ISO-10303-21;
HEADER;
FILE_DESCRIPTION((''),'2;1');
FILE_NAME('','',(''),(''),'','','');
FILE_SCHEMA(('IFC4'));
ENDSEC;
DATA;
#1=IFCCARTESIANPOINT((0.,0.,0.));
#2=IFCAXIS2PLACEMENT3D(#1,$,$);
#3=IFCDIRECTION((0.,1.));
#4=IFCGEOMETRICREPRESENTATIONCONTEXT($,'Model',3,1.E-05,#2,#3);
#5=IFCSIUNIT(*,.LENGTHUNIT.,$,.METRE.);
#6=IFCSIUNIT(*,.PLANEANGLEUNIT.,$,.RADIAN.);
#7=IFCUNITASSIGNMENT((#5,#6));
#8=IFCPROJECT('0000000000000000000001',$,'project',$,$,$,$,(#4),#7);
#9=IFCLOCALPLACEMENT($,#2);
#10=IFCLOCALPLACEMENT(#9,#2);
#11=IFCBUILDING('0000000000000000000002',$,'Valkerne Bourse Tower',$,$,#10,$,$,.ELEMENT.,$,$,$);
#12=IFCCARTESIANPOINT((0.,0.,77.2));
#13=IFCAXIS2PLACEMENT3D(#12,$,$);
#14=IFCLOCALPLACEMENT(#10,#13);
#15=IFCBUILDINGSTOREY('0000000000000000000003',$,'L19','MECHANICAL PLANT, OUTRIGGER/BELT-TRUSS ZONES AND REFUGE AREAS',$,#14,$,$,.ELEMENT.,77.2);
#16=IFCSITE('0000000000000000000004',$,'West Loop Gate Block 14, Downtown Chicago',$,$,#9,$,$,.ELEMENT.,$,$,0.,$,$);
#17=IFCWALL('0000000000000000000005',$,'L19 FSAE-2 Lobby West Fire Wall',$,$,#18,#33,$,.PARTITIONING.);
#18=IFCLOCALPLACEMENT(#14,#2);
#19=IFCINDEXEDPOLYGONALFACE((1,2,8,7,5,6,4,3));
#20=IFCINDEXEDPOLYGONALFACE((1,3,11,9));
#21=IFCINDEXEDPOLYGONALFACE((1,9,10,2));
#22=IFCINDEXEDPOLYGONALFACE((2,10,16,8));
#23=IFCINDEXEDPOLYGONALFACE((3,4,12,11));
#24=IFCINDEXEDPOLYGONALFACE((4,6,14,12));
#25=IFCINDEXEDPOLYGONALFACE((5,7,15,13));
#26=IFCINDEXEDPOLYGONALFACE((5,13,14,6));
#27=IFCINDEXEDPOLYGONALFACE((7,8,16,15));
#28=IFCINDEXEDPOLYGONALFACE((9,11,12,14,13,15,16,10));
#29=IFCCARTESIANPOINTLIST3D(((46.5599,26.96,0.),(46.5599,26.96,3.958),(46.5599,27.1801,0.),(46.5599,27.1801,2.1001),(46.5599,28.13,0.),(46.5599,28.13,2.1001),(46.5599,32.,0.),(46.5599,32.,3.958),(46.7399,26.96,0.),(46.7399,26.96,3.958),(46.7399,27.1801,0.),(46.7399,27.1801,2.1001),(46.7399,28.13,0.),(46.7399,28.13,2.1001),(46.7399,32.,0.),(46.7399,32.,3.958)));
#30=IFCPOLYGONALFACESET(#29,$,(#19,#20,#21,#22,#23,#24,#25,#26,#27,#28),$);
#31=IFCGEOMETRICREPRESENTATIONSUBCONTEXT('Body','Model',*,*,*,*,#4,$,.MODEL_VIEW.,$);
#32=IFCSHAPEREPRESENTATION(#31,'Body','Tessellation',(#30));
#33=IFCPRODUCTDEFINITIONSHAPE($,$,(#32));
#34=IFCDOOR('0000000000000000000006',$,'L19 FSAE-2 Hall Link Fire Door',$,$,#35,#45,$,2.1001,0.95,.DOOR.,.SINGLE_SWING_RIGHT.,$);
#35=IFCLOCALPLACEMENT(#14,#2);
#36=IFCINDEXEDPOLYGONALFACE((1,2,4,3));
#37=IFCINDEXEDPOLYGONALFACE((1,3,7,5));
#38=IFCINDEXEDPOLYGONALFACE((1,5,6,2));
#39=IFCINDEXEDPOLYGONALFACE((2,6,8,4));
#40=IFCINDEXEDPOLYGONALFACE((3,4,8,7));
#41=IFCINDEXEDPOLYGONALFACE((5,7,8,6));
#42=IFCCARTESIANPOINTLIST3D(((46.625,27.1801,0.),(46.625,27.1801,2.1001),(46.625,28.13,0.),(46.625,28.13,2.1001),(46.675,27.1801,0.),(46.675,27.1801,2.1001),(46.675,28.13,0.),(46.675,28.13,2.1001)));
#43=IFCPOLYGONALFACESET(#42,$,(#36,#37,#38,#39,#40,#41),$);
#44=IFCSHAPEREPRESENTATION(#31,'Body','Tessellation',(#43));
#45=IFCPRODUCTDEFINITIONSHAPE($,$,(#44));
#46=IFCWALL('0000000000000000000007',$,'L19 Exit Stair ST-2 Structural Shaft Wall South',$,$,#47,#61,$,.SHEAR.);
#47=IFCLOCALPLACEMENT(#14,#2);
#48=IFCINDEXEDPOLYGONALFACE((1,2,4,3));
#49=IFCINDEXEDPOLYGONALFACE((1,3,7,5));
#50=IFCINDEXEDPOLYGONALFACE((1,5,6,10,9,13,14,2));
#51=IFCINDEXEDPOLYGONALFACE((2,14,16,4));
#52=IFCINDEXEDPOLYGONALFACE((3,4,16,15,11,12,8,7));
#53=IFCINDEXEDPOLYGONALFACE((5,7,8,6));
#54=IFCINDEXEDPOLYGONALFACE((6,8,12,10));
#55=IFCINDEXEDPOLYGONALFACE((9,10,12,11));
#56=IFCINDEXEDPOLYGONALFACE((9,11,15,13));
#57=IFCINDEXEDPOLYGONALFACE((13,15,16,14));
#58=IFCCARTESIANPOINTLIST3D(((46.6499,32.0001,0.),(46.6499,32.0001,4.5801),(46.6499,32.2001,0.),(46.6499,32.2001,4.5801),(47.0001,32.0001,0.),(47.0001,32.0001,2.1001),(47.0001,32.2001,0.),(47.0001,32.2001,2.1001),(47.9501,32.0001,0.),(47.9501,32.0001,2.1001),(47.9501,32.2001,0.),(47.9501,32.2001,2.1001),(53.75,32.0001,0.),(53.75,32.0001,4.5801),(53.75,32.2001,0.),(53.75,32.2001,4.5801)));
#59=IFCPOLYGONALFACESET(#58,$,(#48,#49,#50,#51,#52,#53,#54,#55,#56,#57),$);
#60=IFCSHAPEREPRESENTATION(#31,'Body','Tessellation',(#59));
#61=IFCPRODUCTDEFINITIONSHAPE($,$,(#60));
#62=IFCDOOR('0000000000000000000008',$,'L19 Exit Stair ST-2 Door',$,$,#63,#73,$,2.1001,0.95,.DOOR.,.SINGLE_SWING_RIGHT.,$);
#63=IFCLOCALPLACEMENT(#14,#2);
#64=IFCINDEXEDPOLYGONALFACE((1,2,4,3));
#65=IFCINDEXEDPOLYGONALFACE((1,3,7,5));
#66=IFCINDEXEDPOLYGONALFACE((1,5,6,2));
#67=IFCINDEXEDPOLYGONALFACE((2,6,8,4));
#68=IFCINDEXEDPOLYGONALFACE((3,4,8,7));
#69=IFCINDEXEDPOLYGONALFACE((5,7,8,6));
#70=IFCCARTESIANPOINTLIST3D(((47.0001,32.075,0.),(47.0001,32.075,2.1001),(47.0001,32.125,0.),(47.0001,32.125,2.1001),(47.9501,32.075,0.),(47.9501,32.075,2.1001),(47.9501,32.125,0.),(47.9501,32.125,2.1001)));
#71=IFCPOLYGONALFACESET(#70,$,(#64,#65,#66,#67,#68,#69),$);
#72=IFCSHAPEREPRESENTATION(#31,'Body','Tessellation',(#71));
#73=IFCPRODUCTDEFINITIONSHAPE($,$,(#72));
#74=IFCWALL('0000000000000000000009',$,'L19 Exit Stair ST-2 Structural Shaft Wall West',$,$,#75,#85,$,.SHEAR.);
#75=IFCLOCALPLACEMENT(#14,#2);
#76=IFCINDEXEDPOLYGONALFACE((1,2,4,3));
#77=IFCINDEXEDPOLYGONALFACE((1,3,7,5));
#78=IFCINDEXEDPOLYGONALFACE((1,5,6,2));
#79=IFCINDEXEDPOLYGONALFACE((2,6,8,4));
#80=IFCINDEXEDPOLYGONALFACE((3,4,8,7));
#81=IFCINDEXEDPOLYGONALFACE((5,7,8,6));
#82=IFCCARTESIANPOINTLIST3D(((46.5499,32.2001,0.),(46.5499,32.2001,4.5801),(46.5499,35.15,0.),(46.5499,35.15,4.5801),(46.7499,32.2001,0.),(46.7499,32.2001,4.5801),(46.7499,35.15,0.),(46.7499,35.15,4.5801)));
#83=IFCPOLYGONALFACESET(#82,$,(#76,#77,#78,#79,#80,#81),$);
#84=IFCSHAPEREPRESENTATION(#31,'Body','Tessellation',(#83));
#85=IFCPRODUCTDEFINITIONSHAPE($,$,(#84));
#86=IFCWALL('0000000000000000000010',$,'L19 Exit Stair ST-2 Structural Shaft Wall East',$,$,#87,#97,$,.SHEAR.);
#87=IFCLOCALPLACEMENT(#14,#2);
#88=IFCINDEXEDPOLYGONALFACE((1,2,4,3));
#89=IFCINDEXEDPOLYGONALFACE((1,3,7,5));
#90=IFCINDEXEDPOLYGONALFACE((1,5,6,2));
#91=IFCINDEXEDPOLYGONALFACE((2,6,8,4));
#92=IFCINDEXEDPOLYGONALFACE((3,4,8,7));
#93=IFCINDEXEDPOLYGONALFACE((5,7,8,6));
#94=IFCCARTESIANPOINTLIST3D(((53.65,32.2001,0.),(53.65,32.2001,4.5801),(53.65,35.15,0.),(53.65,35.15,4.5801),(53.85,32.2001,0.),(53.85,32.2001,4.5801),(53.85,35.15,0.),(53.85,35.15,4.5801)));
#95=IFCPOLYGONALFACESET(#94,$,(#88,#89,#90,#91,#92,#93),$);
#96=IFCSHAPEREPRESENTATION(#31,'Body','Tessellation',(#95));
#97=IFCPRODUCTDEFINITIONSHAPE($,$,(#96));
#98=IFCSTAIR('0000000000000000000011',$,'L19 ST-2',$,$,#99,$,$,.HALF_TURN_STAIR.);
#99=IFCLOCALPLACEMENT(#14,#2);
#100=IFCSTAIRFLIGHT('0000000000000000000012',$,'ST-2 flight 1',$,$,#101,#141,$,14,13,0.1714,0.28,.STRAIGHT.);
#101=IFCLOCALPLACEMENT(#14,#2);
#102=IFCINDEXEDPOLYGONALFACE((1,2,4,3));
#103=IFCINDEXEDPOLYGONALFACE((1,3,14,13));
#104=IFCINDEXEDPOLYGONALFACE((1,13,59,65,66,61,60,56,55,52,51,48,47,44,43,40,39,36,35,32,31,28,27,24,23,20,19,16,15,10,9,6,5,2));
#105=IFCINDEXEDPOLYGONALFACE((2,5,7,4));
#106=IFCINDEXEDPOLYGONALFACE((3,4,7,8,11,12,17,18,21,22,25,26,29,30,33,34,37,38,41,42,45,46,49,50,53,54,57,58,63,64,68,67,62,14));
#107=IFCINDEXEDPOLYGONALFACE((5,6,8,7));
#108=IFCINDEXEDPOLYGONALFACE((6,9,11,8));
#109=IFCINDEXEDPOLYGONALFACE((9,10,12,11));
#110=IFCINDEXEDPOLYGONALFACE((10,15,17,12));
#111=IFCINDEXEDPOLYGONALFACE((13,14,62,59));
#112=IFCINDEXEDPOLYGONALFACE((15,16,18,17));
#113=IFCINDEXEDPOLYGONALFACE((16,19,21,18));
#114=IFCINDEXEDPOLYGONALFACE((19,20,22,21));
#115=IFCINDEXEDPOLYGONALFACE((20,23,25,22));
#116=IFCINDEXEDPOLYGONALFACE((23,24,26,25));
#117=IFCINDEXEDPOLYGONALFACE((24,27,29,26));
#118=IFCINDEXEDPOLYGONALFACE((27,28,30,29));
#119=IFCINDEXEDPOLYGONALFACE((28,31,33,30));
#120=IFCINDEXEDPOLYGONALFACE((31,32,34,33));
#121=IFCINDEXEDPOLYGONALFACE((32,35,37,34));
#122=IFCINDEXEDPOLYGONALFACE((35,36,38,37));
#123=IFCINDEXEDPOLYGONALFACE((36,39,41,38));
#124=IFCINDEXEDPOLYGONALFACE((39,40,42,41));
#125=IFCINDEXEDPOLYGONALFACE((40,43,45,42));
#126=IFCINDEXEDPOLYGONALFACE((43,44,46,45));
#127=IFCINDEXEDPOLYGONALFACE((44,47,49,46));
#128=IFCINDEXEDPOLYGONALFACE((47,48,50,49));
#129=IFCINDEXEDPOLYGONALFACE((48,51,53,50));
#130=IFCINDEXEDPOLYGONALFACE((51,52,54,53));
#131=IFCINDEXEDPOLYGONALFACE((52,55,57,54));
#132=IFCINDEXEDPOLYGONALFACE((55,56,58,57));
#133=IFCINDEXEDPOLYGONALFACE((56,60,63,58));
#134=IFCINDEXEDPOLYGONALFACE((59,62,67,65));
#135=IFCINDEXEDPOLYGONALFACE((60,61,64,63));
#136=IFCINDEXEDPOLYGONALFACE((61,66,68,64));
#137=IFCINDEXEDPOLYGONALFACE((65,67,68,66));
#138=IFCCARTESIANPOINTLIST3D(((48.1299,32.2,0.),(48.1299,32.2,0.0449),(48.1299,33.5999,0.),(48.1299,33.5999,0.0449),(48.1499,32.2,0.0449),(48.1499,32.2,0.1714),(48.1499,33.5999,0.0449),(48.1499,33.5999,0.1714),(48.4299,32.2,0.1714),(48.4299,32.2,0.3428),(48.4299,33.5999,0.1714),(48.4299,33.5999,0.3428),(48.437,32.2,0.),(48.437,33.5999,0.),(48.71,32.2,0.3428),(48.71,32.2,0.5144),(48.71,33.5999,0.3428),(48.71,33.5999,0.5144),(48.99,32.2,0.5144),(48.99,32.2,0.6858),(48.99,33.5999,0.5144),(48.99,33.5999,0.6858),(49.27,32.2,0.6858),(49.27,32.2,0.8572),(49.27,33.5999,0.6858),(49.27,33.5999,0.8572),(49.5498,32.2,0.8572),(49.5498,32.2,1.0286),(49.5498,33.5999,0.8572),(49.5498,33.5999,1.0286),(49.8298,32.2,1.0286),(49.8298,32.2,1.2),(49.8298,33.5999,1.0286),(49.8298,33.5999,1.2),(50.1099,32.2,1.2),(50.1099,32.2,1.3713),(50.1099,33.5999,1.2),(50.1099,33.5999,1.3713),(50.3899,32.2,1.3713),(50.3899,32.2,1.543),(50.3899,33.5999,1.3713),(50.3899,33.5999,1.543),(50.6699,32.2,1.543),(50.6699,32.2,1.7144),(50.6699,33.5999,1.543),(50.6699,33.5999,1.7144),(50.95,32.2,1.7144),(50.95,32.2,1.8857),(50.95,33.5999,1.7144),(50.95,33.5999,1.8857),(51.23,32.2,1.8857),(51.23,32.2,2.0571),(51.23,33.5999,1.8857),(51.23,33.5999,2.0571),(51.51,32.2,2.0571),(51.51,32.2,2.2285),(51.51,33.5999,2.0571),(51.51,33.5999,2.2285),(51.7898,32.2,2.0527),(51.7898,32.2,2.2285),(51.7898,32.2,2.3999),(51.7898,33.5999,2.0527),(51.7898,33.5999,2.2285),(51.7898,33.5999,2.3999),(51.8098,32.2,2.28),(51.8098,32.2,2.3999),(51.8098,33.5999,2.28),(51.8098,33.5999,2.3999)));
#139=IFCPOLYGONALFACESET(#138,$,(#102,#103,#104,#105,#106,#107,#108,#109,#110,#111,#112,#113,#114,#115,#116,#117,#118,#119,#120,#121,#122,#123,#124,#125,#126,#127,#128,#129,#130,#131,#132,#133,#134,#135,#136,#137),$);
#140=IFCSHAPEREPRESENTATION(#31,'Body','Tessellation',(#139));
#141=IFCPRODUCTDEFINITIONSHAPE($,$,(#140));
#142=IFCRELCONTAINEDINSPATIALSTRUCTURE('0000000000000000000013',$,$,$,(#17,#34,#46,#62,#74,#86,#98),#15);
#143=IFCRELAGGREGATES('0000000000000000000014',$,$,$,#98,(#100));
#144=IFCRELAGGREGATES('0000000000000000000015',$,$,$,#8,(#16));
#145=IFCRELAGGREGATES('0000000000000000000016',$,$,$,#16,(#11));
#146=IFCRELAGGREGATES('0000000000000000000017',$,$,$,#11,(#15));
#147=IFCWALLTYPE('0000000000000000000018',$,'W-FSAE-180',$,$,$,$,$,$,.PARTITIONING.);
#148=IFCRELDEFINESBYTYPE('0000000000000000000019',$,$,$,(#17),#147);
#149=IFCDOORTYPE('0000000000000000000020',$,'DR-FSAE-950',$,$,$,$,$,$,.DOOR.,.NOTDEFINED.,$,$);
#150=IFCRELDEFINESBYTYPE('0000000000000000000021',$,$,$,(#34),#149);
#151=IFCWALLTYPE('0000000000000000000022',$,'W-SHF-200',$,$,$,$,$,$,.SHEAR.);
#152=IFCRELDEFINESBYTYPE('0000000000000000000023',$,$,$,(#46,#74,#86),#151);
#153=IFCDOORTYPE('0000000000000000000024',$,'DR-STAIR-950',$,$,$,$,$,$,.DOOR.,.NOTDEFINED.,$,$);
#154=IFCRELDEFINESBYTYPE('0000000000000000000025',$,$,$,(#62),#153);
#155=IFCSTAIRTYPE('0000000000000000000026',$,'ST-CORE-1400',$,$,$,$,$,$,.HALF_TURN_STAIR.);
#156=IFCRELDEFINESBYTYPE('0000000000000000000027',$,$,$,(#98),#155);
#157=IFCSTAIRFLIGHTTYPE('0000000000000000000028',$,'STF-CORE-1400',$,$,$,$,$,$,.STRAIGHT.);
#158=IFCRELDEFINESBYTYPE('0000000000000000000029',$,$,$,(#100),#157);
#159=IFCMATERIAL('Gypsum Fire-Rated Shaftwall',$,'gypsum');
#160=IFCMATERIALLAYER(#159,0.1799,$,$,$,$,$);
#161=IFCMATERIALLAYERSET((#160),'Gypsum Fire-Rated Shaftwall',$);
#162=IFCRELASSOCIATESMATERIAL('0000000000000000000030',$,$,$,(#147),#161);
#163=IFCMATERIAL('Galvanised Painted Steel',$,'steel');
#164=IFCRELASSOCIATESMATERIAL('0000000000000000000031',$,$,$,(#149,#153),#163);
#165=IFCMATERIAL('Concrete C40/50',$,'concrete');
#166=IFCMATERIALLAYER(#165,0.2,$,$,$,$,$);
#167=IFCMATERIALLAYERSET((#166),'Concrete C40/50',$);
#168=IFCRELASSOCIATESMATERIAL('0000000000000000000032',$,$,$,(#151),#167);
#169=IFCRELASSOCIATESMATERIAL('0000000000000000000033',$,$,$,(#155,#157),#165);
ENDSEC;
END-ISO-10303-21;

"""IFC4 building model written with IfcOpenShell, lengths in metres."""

from ifc_helpers import new_model, si_unit, direction, frame, frame_2d, origin, place, context, subcontext, project, spatial, polyline, rectangle, outline, extrude, material, layer, layer_set, type_object, element, fill, aggregate, save


model = new_model("IFC4")

# Units and contexts
model_context = context("Model", 3, precision=1e-05, world=origin(), true_north=direction((0.0, 1.0)))
body_context = subcontext(model_context, "Body", "Model", "MODEL_VIEW")
ifc_project = project(units=[si_unit("LENGTHUNIT", "METRE"), si_unit("PLANEANGLEUNIT", "RADIAN")], contexts=[model_context])

# Site, building, storey
site_placement = place(None, origin())
site = spatial("IfcSite", under=ifc_project, at=site_placement, Name="West Loop Gate Block 14, Downtown Chicago", CompositionType="ELEMENT", RefElevation=0.0)
building_placement = place(site_placement, origin())
building = spatial("IfcBuilding", under=site, at=building_placement, Name="Valkerne Bourse Tower", CompositionType="ELEMENT")
storey_placement = place(building_placement, frame((0.0, 0.0, 77.2)))
storey = spatial("IfcBuildingStorey", under=building, at=storey_placement, Name="L19", Description="MECHANICAL PLANT, OUTRIGGER/BELT-TRUSS ZONES AND REFUGE AREAS", CompositionType="ELEMENT", Elevation=77.2)

# Shared definitions
ifc_material_1 = material(Name="Gypsum Fire-Rated Shaftwall", Category="gypsum")
ifc_layer_1 = layer(ifc_material_1, 0.1799)
ifc_layer_set_1 = layer_set([ifc_layer_1], Name="Gypsum Fire-Rated Shaftwall")
wall_type_1 = type_object("IfcWallType", Name="W-FSAE-180", PredefinedType="PARTITIONING", material=ifc_layer_set_1)

# Wall, opening, door
wall_1_placement = place(storey_placement, frame((46.6499, 26.96, 0.0), z_axis=(0.0, 0.0, 1.0), x_axis=(0.0, 1.0, 0.0)))
wall_1 = element("IfcWall", 1, at=wall_1_placement, inside=storey, type_object=wall_type_1, Name="L19 FSAE-2 Lobby West Fire Wall", PredefinedType="PARTITIONING", context=body_context, shape_type="SweptSolid", body=[
    extrude(rectangle(XDim=5.04, YDim=0.1799, at=frame_2d((2.52, 0.0))), origin(), (0.0, 0.0, 1.0), 3.958),
])
opening_1_placement = place(wall_1_placement, frame((0.22, 0.0, 0.0)))
opening_1 = element("IfcOpeningElement", 2, at=opening_1_placement, cuts=wall_1, PredefinedType="OPENING", context=body_context, shape_type="SweptSolid", body=[
    extrude(rectangle(XDim=0.95, YDim=2.1001, at=frame_2d((0.4751, 1.05))), frame((0.0, 0.0999, 0.0), z_axis=(0.0, -1.0, 0.0), x_axis=(1.0, 0.0, 0.0)), (0.0, 0.0, 1.0), 0.2),
])
ifc_material_2 = material(Name="Galvanised Painted Steel", Category="steel")
door_type_1 = type_object("IfcDoorType", Name="DR-FSAE-950", OperationType="NOTDEFINED", PredefinedType="DOOR", material=ifc_material_2)
door_1_placement = place(opening_1_placement, origin())
door_1 = element("IfcDoor", 3, at=door_1_placement, inside=storey, type_object=door_type_1, Name="L19 FSAE-2 Hall Link Fire Door", OperationType="SINGLE_SWING_RIGHT", OverallHeight=2.1001, OverallWidth=0.95, PredefinedType="DOOR", context=body_context, shape_type="SweptSolid", body=[
    extrude(rectangle(XDim=0.95, YDim=2.1001, at=frame_2d((0.4751, 1.05))), frame((0.0, 0.0249, 0.0), z_axis=(0.0, -1.0, 0.0), x_axis=(1.0, 0.0, 0.0)), (0.0, 0.0, 1.0), 0.05),
])
fill(opening_1, door_1)

# Wall, opening, door
ifc_material_3 = material(Name="Concrete C40/50", Category="concrete")
ifc_layer_2 = layer(ifc_material_3, 0.2)
ifc_layer_set_2 = layer_set([ifc_layer_2], Name="Concrete C40/50")
wall_type_2 = type_object("IfcWallType", Name="W-SHF-200", PredefinedType="SHEAR", material=ifc_layer_set_2)
wall_2_placement = place(storey_placement, frame((46.6499, 32.1001, 0.0), z_axis=(0.0, 0.0, 1.0), x_axis=(1.0, 0.0, 0.0)))
wall_2 = element("IfcWall", 4, at=wall_2_placement, inside=storey, type_object=wall_type_2, Name="L19 Exit Stair ST-2 Structural Shaft Wall South", PredefinedType="SHEAR", context=body_context, shape_type="SweptSolid", body=[
    extrude(rectangle(XDim=7.1001, YDim=0.2, at=frame_2d((3.55, 0.0))), origin(), (0.0, 0.0, 1.0), 4.5801),
])
opening_2_placement = place(wall_2_placement, frame((0.3501, 0.0, 0.0)))
opening_2 = element("IfcOpeningElement", 5, at=opening_2_placement, cuts=wall_2, PredefinedType="OPENING", context=body_context, shape_type="SweptSolid", body=[
    extrude(rectangle(XDim=0.95, YDim=2.1001, at=frame_2d((0.4751, 1.05))), frame((0.0, 0.1099, 0.0), z_axis=(0.0, -1.0, 0.0), x_axis=(1.0, 0.0, 0.0)), (0.0, 0.0, 1.0), 0.22),
])
door_type_2 = type_object("IfcDoorType", Name="DR-STAIR-950", OperationType="NOTDEFINED", PredefinedType="DOOR", material=ifc_material_2)
door_2_placement = place(opening_2_placement, origin())
door_2 = element("IfcDoor", 6, at=door_2_placement, inside=storey, type_object=door_type_2, Name="L19 Exit Stair ST-2 Door", OperationType="SINGLE_SWING_RIGHT", OverallHeight=2.1001, OverallWidth=0.95, PredefinedType="DOOR", context=body_context, shape_type="SweptSolid", body=[
    extrude(rectangle(XDim=0.95, YDim=2.1001, at=frame_2d((0.4751, 1.05))), frame((0.0, 0.0249, 0.0), z_axis=(0.0, -1.0, 0.0), x_axis=(1.0, 0.0, 0.0)), (0.0, 0.0, 1.0), 0.05),
])
fill(opening_2, door_2)

# Walls
for number, where, z_axis, x_axis, name in (
    (7, (46.6499, 32.2, 0.0), (0.0, 0.0, 1.0), (0.0, 1.0, 0.0), "L19 Exit Stair ST-2 Structural Shaft Wall West"),
    (8, (53.75, 32.2, 0.0), (0.0, 0.0, 1.0), (0.0, 1.0, 0.0), "L19 Exit Stair ST-2 Structural Shaft Wall East"),
):
    element("IfcWall", number, at=place(storey_placement, frame(where, z_axis=z_axis, x_axis=x_axis)), inside=storey, type_object=wall_type_2, Name=name, PredefinedType="SHEAR", context=body_context, shape_type="SweptSolid", body=[
        extrude(rectangle(XDim=2.95, YDim=0.2, at=frame_2d((1.4751, 0.0))), origin(), (0.0, 0.0, 1.0), 4.5801),
    ])

# Stair, stair flight
stair_type = type_object("IfcStairType", Name="ST-CORE-1400", PredefinedType="HALF_TURN_STAIR", material=ifc_material_3)
stair_placement = place(storey_placement, origin())
stair = element("IfcStair", 9, at=stair_placement, inside=storey, type_object=stair_type, Name="L19 ST-2", PredefinedType="HALF_TURN_STAIR")
stair_flight_type = type_object("IfcStairFlightType", Name="STF-CORE-1400", PredefinedType="STRAIGHT", material=ifc_material_3)
stair_flight_placement = place(storey_placement, frame((48.1499, 32.8999, 0.0), z_axis=(0.0, 0.0, 1.0), x_axis=(1.0, 0.0, 0.0)))
stair_flight = element("IfcStairFlight", 10, at=stair_flight_placement, type_object=stair_flight_type, Name="ST-2 flight 1", NumberOfRisers=14, NumberOfTreads=13, PredefinedType="STRAIGHT", RiserHeight=0.1714, TreadLength=0.28, context=body_context, shape_type="SweptSolid", body=[
    extrude(outline(polyline([(-0.02, 0.0), (-0.02, 0.0449), (0.0, 0.0449), (0.0, 0.1714), (0.28, 0.1714), (0.28, 0.3428), (0.5601, 0.3428), (0.5601, 0.5144), (0.8401, 0.5144), (0.8401, 0.6858), (1.1201, 0.6858), (1.1201, 0.8572), (1.3999, 0.8572), (1.3999, 1.0286), (1.6799, 1.0286), (1.6799, 1.2), (1.96, 1.2), (1.96, 1.3713), (2.24, 1.3713), (2.24, 1.543), (2.52, 1.543), (2.52, 1.7144), (2.8, 1.7144), (2.8, 1.8857), (3.0801, 1.8857), (3.0801, 2.0571), (3.3601, 2.0571), (3.3601, 2.2285), (3.6399, 2.2285), (3.6399, 2.3999), (3.6599, 2.3999), (3.6599, 2.28), (3.6399, 2.0527), (0.2871, 0.0), (-0.02, 0.0)])), frame((0.0, 0.7, 0.0), z_axis=(0.0, -1.0, 0.0), x_axis=(1.0, 0.0, 0.0)), (0.0, 0.0, 1.0), 1.3999),
])
aggregate(stair, [stair_flight])

save(model, "model.ifc")
